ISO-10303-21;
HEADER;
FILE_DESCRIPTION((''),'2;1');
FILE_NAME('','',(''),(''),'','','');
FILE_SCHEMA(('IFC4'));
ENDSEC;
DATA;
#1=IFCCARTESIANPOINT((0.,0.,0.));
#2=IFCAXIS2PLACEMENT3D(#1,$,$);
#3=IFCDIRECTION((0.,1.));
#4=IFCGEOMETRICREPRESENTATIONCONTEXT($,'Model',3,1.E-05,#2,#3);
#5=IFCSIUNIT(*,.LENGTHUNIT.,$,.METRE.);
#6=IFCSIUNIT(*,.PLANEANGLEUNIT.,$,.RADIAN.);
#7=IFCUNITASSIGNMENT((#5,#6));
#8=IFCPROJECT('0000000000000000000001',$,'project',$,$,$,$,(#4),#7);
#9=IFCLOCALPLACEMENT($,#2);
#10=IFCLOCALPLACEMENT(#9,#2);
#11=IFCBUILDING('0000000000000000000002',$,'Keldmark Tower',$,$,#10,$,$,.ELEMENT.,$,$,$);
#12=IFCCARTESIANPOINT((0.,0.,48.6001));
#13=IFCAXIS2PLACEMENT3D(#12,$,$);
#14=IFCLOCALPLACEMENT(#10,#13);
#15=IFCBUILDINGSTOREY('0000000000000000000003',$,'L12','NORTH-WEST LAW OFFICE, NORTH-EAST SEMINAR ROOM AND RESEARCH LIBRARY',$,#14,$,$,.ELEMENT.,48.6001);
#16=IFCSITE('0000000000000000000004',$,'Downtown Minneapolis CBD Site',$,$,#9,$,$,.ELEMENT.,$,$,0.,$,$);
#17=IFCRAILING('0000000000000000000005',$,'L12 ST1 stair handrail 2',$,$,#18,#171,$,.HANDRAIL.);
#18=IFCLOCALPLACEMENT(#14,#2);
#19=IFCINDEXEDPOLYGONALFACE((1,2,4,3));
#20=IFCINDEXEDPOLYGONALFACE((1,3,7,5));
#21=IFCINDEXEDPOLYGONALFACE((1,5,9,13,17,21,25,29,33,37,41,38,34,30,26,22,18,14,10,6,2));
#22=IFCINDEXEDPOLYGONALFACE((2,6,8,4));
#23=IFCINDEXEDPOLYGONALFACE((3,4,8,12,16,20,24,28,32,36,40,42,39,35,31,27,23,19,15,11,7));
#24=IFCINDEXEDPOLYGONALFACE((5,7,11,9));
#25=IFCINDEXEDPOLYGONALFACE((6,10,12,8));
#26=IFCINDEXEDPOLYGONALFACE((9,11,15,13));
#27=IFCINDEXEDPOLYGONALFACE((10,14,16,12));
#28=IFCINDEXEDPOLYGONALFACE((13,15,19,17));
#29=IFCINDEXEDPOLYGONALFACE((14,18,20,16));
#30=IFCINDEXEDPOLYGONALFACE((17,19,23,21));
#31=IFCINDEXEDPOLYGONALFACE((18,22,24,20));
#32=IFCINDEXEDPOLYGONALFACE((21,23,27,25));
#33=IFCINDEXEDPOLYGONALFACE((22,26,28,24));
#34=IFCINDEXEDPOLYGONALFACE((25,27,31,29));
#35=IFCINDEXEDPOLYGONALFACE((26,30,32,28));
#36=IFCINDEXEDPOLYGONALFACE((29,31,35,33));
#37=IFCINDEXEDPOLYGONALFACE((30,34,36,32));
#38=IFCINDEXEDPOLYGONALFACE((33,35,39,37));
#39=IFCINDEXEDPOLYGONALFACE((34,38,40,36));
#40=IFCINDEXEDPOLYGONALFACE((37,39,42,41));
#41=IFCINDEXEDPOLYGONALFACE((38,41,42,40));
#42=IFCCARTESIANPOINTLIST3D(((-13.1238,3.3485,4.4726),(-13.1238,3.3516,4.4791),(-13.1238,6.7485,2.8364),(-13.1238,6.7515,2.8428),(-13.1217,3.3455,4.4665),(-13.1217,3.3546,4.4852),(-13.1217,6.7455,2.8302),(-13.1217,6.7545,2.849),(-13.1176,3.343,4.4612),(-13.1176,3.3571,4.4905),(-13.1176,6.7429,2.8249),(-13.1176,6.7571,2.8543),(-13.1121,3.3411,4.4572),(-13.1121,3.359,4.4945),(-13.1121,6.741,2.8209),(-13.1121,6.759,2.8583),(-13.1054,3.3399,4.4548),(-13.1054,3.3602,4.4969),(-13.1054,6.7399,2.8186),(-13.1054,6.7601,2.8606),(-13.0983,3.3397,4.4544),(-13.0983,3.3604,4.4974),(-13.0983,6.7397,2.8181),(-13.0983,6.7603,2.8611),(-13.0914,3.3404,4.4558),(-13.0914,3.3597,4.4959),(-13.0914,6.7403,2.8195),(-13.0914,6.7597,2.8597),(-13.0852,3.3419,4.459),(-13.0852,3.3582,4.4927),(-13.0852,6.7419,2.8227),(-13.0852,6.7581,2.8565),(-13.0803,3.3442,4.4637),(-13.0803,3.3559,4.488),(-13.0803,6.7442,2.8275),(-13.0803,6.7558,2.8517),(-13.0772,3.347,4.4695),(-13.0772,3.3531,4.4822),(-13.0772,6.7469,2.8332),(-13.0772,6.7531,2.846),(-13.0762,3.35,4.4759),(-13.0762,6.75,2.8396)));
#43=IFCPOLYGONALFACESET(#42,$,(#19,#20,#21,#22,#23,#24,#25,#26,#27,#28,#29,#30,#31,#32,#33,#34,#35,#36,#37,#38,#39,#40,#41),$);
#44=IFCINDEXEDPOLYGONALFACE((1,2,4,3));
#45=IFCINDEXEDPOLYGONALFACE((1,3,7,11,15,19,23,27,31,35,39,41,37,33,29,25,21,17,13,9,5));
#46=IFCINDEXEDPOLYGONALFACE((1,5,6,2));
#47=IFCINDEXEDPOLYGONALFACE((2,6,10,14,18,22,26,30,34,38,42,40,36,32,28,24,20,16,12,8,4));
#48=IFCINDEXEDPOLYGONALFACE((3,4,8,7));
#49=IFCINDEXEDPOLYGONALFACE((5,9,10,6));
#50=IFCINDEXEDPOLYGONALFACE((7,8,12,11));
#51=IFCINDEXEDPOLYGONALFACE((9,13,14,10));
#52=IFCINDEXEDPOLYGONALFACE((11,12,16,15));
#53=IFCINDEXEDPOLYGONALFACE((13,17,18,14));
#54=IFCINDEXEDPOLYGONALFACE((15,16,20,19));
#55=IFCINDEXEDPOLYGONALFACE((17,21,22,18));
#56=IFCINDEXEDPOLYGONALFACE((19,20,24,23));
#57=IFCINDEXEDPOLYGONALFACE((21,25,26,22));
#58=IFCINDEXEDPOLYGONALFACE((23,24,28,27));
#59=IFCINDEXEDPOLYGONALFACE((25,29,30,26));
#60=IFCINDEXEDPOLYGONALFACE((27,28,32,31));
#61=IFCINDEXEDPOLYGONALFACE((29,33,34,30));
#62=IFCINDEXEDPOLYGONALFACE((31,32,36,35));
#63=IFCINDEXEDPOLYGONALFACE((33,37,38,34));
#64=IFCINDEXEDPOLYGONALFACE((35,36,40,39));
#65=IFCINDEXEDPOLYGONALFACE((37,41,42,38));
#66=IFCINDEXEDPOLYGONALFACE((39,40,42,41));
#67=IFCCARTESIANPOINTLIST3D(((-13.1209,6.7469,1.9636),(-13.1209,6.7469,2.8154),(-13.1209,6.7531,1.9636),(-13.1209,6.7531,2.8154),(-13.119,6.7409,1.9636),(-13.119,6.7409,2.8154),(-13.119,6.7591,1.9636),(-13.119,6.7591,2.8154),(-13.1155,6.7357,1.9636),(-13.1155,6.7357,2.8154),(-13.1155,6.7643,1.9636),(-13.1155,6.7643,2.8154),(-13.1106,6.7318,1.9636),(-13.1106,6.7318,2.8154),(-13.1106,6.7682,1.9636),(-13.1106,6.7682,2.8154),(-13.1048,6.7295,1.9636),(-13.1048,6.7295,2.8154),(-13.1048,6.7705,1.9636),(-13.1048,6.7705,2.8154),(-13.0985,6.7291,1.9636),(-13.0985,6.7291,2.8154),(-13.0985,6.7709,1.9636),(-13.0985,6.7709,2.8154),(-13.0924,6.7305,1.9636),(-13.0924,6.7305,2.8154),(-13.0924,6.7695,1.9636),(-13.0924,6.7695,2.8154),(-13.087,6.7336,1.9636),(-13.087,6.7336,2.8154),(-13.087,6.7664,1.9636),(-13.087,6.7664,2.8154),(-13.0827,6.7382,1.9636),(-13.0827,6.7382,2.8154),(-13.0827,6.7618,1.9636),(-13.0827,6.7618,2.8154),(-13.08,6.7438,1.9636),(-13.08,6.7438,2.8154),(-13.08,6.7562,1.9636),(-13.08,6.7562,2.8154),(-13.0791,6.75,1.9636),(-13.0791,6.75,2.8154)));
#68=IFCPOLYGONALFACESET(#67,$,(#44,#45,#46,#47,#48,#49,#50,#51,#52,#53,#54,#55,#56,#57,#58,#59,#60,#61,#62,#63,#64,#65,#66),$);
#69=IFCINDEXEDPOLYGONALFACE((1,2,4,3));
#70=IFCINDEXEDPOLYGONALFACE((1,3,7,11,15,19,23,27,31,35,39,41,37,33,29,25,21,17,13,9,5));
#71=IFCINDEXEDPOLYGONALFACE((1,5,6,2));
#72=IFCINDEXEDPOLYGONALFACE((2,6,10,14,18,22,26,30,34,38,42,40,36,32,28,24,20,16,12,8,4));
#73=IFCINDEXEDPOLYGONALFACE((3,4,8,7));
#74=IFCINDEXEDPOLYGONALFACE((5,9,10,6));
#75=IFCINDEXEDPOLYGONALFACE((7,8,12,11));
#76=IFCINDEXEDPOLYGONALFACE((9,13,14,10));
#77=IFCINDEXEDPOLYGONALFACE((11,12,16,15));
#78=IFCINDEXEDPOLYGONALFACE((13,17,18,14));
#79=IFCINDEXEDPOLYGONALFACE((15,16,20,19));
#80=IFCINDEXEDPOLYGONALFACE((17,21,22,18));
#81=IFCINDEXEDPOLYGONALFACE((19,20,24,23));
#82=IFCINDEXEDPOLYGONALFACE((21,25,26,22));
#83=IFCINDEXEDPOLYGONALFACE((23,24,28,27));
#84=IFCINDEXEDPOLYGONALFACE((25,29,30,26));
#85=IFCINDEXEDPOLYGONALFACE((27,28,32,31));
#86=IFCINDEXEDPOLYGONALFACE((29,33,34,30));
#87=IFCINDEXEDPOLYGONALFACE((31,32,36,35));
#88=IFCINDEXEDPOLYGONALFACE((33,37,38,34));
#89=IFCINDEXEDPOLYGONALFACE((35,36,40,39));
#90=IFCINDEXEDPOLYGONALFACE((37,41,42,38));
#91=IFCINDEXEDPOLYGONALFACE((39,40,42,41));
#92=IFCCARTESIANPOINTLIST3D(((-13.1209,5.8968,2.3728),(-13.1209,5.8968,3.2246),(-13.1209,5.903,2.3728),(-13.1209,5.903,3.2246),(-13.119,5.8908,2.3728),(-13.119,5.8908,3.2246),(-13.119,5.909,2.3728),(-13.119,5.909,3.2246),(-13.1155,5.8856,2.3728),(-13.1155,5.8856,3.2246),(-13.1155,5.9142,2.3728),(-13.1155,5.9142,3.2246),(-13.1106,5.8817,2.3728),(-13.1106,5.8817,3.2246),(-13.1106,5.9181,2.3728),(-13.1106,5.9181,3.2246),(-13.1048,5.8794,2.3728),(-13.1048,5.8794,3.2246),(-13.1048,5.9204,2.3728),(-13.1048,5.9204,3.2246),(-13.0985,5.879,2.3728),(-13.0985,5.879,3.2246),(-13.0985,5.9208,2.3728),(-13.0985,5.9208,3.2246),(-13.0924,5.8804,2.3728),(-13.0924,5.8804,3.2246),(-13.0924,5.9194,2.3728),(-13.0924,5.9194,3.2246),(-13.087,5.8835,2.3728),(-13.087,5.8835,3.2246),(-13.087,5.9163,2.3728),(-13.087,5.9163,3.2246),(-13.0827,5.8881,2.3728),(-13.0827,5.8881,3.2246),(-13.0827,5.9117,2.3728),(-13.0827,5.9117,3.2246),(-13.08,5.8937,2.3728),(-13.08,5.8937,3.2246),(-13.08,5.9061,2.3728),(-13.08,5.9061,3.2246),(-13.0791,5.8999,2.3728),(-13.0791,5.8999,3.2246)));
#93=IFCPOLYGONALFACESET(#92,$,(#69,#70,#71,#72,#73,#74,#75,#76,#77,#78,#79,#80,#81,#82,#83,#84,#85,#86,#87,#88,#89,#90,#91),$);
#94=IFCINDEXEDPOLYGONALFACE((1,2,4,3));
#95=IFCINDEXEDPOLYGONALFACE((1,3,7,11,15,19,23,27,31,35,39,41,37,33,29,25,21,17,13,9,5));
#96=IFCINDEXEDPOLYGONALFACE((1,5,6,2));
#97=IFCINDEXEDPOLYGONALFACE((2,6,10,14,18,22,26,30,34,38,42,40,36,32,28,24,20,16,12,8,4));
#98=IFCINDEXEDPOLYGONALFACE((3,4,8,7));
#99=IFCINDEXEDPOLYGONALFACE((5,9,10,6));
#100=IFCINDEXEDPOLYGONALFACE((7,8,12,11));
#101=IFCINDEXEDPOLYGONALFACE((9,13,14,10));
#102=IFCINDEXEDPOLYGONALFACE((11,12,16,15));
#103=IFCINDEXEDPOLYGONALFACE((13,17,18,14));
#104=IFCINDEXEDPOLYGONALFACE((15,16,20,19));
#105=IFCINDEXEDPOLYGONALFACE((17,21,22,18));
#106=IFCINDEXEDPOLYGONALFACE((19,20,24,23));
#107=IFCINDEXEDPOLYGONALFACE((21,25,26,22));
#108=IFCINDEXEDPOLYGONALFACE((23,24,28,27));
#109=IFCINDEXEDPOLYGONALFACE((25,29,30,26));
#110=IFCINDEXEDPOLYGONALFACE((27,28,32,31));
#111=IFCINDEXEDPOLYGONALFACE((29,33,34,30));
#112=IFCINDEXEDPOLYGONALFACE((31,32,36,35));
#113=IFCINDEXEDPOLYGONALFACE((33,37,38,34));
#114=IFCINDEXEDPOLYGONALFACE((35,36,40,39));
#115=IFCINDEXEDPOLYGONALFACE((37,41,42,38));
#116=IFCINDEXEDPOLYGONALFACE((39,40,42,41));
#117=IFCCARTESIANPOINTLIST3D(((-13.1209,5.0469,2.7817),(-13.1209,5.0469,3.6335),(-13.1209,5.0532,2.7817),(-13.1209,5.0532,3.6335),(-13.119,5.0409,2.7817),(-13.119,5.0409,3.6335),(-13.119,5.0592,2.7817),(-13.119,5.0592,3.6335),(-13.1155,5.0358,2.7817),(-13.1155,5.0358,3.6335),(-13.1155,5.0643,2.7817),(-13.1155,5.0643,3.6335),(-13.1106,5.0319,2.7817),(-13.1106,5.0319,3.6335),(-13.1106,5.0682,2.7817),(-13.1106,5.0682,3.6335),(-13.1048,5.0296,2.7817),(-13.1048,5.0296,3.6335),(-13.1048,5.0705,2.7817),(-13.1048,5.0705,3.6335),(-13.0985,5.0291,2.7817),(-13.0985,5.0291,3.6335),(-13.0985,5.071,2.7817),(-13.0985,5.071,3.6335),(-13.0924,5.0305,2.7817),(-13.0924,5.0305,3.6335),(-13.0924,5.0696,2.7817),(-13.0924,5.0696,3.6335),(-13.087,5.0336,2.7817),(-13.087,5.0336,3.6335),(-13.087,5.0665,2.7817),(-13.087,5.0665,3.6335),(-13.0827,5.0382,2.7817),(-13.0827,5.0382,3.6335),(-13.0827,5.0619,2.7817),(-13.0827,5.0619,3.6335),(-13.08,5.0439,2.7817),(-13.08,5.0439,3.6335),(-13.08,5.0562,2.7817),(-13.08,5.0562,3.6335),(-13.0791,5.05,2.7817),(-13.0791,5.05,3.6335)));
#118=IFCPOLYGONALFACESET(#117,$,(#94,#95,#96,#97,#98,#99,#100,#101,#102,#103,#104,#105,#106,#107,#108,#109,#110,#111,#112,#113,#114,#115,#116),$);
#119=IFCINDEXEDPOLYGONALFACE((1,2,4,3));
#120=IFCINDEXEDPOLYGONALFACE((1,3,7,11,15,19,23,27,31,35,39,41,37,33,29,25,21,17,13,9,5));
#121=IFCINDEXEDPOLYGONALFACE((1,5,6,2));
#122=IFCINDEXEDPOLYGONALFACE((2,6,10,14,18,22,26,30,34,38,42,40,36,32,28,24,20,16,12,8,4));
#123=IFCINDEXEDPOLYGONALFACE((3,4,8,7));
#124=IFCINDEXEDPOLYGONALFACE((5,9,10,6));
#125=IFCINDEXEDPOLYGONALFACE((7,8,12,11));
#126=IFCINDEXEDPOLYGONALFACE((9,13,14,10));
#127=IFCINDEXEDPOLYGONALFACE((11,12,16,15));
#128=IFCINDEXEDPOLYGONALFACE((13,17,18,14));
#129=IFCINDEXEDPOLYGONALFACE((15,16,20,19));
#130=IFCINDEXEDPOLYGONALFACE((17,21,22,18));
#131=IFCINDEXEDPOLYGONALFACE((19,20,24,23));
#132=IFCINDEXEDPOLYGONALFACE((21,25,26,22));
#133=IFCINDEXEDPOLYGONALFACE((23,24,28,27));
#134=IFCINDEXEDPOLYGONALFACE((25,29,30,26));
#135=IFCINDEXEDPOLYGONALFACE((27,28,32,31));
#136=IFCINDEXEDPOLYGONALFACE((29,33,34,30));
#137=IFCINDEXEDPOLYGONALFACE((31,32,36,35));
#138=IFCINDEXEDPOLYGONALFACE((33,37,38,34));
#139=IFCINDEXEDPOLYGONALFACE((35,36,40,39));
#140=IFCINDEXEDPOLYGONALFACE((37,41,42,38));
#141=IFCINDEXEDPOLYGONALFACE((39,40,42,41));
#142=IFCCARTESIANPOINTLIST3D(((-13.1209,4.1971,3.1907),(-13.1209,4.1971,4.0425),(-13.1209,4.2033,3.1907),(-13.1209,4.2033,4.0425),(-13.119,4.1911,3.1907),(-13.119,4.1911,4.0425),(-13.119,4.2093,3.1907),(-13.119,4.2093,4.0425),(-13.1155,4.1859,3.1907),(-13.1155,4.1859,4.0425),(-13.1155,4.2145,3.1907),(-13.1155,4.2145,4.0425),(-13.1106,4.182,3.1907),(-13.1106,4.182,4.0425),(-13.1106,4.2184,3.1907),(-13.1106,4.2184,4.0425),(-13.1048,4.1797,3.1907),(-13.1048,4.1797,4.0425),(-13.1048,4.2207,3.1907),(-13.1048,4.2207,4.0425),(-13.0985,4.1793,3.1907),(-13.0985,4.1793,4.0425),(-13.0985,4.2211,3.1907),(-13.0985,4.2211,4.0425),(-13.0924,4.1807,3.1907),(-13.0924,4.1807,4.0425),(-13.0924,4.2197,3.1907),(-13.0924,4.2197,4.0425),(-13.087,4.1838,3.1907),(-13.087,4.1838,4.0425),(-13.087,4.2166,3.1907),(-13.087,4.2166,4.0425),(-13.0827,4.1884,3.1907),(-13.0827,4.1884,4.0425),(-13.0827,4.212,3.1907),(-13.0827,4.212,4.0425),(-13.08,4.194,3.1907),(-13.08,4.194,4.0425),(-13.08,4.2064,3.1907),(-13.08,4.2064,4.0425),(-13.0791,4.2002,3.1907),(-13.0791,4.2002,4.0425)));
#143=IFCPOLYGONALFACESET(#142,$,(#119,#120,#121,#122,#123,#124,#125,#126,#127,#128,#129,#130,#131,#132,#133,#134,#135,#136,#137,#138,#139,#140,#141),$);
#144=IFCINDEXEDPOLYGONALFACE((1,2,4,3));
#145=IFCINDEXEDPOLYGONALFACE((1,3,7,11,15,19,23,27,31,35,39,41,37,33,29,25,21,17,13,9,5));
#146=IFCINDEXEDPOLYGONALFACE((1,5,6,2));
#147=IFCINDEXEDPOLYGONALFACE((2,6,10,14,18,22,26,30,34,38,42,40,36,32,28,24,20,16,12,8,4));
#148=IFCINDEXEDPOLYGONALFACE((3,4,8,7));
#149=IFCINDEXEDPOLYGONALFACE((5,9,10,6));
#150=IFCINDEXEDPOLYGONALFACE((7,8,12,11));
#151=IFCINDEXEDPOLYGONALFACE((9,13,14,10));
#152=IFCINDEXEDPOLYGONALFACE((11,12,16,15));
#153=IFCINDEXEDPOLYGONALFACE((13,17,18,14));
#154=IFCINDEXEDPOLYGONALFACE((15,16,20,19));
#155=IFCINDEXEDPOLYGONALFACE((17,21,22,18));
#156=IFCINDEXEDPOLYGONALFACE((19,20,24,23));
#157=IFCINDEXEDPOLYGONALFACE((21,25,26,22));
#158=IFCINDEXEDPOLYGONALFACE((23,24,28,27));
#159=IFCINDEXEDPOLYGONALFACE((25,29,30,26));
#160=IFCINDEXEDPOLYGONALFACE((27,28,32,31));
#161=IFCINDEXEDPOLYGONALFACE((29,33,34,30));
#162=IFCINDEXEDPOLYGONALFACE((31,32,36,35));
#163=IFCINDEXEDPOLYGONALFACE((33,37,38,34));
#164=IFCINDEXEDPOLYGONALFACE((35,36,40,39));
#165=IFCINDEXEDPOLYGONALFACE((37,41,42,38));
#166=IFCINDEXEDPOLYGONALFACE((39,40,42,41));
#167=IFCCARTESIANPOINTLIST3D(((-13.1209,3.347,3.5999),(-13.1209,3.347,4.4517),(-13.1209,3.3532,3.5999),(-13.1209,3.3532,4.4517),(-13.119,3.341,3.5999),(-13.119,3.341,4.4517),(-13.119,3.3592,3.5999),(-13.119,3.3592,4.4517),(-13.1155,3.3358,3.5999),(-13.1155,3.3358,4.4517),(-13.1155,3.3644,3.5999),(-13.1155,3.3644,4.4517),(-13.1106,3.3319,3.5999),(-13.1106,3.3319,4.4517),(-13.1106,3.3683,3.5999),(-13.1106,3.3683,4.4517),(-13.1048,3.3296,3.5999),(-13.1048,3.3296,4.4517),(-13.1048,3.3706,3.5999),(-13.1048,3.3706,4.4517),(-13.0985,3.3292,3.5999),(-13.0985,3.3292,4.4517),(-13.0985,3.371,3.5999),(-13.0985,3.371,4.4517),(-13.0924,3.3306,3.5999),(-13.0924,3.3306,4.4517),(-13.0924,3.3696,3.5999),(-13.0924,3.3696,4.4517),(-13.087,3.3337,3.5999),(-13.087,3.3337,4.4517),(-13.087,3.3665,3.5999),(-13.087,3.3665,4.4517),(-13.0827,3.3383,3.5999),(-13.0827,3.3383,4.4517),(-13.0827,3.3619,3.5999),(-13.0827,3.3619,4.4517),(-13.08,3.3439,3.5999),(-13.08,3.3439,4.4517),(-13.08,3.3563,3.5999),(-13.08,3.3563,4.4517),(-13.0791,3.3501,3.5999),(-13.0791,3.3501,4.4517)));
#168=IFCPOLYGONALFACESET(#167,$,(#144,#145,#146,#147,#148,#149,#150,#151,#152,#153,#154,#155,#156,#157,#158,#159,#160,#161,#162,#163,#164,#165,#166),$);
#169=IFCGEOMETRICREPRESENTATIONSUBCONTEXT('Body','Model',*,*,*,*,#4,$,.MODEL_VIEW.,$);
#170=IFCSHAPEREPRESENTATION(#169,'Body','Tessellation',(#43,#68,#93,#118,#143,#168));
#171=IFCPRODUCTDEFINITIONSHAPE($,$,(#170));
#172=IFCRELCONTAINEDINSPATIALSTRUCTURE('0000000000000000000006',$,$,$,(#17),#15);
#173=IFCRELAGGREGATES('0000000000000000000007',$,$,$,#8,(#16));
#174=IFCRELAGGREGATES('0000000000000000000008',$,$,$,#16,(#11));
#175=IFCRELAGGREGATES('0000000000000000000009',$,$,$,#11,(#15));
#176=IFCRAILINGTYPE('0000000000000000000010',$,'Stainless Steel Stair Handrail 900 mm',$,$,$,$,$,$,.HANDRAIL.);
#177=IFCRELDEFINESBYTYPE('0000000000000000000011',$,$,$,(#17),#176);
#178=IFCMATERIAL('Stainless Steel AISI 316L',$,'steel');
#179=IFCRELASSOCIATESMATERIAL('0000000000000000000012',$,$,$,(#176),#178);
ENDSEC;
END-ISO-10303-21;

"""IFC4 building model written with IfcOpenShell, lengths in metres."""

from ifc_helpers import new_model, si_unit, direction, frame, origin, origin_2d, place, context, subcontext, project, spatial, circle, extrude, material, type_object, element, save


model = new_model("IFC4")

# Units and contexts
model_context = context("Model", 3, precision=1e-05, world=origin(), true_north=direction((0.0, 1.0)))
body_context = subcontext(model_context, "Body", "Model", "MODEL_VIEW")
ifc_project = project(units=[si_unit("LENGTHUNIT", "METRE"), si_unit("PLANEANGLEUNIT", "RADIAN")], contexts=[model_context])

# Site, building, storey
site_placement = place(None, origin())
site = spatial("IfcSite", under=ifc_project, at=site_placement, Name="Downtown Minneapolis CBD Site", CompositionType="ELEMENT", RefElevation=0.0)
building_placement = place(site_placement, origin())
building = spatial("IfcBuilding", under=site, at=building_placement, Name="Keldmark Tower", CompositionType="ELEMENT")
storey_placement = place(building_placement, frame((0.0, 0.0, 48.6001)))
storey = spatial("IfcBuildingStorey", under=building, at=storey_placement, Name="L12", Description="NORTH-WEST LAW OFFICE, NORTH-EAST SEMINAR ROOM AND RESEARCH LIBRARY", CompositionType="ELEMENT", Elevation=48.6001)

# Railing
ifc_material_1 = material(Name="Stainless Steel AISI 316L", Category="steel")
railing_type = type_object("IfcRailingType", Name="Stainless Steel Stair Handrail 900 mm", PredefinedType="HANDRAIL", material=ifc_material_1)
railing_placement = place(storey_placement, frame((-13.1001, 6.75, 1.9636)))
element("IfcRailing", 1, at=railing_placement, inside=storey, type_object=railing_type, Name="L12 ST1 stair handrail 2", PredefinedType="HANDRAIL", context=body_context, shape_type="SweptSolid", body=[
    extrude(circle(Radius=0.0239, at=origin_2d()), frame((0.0, 0.0, 0.876), z_axis=(0.0, -0.90108, 0.433652), x_axis=(1.0, 0.0, 0.0)), (0.0, 0.0, 1.0), 3.7732),
    extrude(circle(Radius=0.021, at=origin_2d()), origin(), (0.0, 0.0, 1.0), 0.8518),
    extrude(circle(Radius=0.021, at=origin_2d()), frame((0.0, -0.8501, 0.4092)), (0.0, 0.0, 1.0), 0.8518),
    extrude(circle(Radius=0.021, at=origin_2d()), frame((0.0, -1.7, 0.8181)), (0.0, 0.0, 1.0), 0.8518),
    extrude(circle(Radius=0.021, at=origin_2d()), frame((0.0, -2.5498, 1.2271)), (0.0, 0.0, 1.0), 0.8518),
    extrude(circle(Radius=0.021, at=origin_2d()), frame((0.0, -3.3999, 1.6362)), (0.0, 0.0, 1.0), 0.8518),
])

save(model, "model.ifc")
